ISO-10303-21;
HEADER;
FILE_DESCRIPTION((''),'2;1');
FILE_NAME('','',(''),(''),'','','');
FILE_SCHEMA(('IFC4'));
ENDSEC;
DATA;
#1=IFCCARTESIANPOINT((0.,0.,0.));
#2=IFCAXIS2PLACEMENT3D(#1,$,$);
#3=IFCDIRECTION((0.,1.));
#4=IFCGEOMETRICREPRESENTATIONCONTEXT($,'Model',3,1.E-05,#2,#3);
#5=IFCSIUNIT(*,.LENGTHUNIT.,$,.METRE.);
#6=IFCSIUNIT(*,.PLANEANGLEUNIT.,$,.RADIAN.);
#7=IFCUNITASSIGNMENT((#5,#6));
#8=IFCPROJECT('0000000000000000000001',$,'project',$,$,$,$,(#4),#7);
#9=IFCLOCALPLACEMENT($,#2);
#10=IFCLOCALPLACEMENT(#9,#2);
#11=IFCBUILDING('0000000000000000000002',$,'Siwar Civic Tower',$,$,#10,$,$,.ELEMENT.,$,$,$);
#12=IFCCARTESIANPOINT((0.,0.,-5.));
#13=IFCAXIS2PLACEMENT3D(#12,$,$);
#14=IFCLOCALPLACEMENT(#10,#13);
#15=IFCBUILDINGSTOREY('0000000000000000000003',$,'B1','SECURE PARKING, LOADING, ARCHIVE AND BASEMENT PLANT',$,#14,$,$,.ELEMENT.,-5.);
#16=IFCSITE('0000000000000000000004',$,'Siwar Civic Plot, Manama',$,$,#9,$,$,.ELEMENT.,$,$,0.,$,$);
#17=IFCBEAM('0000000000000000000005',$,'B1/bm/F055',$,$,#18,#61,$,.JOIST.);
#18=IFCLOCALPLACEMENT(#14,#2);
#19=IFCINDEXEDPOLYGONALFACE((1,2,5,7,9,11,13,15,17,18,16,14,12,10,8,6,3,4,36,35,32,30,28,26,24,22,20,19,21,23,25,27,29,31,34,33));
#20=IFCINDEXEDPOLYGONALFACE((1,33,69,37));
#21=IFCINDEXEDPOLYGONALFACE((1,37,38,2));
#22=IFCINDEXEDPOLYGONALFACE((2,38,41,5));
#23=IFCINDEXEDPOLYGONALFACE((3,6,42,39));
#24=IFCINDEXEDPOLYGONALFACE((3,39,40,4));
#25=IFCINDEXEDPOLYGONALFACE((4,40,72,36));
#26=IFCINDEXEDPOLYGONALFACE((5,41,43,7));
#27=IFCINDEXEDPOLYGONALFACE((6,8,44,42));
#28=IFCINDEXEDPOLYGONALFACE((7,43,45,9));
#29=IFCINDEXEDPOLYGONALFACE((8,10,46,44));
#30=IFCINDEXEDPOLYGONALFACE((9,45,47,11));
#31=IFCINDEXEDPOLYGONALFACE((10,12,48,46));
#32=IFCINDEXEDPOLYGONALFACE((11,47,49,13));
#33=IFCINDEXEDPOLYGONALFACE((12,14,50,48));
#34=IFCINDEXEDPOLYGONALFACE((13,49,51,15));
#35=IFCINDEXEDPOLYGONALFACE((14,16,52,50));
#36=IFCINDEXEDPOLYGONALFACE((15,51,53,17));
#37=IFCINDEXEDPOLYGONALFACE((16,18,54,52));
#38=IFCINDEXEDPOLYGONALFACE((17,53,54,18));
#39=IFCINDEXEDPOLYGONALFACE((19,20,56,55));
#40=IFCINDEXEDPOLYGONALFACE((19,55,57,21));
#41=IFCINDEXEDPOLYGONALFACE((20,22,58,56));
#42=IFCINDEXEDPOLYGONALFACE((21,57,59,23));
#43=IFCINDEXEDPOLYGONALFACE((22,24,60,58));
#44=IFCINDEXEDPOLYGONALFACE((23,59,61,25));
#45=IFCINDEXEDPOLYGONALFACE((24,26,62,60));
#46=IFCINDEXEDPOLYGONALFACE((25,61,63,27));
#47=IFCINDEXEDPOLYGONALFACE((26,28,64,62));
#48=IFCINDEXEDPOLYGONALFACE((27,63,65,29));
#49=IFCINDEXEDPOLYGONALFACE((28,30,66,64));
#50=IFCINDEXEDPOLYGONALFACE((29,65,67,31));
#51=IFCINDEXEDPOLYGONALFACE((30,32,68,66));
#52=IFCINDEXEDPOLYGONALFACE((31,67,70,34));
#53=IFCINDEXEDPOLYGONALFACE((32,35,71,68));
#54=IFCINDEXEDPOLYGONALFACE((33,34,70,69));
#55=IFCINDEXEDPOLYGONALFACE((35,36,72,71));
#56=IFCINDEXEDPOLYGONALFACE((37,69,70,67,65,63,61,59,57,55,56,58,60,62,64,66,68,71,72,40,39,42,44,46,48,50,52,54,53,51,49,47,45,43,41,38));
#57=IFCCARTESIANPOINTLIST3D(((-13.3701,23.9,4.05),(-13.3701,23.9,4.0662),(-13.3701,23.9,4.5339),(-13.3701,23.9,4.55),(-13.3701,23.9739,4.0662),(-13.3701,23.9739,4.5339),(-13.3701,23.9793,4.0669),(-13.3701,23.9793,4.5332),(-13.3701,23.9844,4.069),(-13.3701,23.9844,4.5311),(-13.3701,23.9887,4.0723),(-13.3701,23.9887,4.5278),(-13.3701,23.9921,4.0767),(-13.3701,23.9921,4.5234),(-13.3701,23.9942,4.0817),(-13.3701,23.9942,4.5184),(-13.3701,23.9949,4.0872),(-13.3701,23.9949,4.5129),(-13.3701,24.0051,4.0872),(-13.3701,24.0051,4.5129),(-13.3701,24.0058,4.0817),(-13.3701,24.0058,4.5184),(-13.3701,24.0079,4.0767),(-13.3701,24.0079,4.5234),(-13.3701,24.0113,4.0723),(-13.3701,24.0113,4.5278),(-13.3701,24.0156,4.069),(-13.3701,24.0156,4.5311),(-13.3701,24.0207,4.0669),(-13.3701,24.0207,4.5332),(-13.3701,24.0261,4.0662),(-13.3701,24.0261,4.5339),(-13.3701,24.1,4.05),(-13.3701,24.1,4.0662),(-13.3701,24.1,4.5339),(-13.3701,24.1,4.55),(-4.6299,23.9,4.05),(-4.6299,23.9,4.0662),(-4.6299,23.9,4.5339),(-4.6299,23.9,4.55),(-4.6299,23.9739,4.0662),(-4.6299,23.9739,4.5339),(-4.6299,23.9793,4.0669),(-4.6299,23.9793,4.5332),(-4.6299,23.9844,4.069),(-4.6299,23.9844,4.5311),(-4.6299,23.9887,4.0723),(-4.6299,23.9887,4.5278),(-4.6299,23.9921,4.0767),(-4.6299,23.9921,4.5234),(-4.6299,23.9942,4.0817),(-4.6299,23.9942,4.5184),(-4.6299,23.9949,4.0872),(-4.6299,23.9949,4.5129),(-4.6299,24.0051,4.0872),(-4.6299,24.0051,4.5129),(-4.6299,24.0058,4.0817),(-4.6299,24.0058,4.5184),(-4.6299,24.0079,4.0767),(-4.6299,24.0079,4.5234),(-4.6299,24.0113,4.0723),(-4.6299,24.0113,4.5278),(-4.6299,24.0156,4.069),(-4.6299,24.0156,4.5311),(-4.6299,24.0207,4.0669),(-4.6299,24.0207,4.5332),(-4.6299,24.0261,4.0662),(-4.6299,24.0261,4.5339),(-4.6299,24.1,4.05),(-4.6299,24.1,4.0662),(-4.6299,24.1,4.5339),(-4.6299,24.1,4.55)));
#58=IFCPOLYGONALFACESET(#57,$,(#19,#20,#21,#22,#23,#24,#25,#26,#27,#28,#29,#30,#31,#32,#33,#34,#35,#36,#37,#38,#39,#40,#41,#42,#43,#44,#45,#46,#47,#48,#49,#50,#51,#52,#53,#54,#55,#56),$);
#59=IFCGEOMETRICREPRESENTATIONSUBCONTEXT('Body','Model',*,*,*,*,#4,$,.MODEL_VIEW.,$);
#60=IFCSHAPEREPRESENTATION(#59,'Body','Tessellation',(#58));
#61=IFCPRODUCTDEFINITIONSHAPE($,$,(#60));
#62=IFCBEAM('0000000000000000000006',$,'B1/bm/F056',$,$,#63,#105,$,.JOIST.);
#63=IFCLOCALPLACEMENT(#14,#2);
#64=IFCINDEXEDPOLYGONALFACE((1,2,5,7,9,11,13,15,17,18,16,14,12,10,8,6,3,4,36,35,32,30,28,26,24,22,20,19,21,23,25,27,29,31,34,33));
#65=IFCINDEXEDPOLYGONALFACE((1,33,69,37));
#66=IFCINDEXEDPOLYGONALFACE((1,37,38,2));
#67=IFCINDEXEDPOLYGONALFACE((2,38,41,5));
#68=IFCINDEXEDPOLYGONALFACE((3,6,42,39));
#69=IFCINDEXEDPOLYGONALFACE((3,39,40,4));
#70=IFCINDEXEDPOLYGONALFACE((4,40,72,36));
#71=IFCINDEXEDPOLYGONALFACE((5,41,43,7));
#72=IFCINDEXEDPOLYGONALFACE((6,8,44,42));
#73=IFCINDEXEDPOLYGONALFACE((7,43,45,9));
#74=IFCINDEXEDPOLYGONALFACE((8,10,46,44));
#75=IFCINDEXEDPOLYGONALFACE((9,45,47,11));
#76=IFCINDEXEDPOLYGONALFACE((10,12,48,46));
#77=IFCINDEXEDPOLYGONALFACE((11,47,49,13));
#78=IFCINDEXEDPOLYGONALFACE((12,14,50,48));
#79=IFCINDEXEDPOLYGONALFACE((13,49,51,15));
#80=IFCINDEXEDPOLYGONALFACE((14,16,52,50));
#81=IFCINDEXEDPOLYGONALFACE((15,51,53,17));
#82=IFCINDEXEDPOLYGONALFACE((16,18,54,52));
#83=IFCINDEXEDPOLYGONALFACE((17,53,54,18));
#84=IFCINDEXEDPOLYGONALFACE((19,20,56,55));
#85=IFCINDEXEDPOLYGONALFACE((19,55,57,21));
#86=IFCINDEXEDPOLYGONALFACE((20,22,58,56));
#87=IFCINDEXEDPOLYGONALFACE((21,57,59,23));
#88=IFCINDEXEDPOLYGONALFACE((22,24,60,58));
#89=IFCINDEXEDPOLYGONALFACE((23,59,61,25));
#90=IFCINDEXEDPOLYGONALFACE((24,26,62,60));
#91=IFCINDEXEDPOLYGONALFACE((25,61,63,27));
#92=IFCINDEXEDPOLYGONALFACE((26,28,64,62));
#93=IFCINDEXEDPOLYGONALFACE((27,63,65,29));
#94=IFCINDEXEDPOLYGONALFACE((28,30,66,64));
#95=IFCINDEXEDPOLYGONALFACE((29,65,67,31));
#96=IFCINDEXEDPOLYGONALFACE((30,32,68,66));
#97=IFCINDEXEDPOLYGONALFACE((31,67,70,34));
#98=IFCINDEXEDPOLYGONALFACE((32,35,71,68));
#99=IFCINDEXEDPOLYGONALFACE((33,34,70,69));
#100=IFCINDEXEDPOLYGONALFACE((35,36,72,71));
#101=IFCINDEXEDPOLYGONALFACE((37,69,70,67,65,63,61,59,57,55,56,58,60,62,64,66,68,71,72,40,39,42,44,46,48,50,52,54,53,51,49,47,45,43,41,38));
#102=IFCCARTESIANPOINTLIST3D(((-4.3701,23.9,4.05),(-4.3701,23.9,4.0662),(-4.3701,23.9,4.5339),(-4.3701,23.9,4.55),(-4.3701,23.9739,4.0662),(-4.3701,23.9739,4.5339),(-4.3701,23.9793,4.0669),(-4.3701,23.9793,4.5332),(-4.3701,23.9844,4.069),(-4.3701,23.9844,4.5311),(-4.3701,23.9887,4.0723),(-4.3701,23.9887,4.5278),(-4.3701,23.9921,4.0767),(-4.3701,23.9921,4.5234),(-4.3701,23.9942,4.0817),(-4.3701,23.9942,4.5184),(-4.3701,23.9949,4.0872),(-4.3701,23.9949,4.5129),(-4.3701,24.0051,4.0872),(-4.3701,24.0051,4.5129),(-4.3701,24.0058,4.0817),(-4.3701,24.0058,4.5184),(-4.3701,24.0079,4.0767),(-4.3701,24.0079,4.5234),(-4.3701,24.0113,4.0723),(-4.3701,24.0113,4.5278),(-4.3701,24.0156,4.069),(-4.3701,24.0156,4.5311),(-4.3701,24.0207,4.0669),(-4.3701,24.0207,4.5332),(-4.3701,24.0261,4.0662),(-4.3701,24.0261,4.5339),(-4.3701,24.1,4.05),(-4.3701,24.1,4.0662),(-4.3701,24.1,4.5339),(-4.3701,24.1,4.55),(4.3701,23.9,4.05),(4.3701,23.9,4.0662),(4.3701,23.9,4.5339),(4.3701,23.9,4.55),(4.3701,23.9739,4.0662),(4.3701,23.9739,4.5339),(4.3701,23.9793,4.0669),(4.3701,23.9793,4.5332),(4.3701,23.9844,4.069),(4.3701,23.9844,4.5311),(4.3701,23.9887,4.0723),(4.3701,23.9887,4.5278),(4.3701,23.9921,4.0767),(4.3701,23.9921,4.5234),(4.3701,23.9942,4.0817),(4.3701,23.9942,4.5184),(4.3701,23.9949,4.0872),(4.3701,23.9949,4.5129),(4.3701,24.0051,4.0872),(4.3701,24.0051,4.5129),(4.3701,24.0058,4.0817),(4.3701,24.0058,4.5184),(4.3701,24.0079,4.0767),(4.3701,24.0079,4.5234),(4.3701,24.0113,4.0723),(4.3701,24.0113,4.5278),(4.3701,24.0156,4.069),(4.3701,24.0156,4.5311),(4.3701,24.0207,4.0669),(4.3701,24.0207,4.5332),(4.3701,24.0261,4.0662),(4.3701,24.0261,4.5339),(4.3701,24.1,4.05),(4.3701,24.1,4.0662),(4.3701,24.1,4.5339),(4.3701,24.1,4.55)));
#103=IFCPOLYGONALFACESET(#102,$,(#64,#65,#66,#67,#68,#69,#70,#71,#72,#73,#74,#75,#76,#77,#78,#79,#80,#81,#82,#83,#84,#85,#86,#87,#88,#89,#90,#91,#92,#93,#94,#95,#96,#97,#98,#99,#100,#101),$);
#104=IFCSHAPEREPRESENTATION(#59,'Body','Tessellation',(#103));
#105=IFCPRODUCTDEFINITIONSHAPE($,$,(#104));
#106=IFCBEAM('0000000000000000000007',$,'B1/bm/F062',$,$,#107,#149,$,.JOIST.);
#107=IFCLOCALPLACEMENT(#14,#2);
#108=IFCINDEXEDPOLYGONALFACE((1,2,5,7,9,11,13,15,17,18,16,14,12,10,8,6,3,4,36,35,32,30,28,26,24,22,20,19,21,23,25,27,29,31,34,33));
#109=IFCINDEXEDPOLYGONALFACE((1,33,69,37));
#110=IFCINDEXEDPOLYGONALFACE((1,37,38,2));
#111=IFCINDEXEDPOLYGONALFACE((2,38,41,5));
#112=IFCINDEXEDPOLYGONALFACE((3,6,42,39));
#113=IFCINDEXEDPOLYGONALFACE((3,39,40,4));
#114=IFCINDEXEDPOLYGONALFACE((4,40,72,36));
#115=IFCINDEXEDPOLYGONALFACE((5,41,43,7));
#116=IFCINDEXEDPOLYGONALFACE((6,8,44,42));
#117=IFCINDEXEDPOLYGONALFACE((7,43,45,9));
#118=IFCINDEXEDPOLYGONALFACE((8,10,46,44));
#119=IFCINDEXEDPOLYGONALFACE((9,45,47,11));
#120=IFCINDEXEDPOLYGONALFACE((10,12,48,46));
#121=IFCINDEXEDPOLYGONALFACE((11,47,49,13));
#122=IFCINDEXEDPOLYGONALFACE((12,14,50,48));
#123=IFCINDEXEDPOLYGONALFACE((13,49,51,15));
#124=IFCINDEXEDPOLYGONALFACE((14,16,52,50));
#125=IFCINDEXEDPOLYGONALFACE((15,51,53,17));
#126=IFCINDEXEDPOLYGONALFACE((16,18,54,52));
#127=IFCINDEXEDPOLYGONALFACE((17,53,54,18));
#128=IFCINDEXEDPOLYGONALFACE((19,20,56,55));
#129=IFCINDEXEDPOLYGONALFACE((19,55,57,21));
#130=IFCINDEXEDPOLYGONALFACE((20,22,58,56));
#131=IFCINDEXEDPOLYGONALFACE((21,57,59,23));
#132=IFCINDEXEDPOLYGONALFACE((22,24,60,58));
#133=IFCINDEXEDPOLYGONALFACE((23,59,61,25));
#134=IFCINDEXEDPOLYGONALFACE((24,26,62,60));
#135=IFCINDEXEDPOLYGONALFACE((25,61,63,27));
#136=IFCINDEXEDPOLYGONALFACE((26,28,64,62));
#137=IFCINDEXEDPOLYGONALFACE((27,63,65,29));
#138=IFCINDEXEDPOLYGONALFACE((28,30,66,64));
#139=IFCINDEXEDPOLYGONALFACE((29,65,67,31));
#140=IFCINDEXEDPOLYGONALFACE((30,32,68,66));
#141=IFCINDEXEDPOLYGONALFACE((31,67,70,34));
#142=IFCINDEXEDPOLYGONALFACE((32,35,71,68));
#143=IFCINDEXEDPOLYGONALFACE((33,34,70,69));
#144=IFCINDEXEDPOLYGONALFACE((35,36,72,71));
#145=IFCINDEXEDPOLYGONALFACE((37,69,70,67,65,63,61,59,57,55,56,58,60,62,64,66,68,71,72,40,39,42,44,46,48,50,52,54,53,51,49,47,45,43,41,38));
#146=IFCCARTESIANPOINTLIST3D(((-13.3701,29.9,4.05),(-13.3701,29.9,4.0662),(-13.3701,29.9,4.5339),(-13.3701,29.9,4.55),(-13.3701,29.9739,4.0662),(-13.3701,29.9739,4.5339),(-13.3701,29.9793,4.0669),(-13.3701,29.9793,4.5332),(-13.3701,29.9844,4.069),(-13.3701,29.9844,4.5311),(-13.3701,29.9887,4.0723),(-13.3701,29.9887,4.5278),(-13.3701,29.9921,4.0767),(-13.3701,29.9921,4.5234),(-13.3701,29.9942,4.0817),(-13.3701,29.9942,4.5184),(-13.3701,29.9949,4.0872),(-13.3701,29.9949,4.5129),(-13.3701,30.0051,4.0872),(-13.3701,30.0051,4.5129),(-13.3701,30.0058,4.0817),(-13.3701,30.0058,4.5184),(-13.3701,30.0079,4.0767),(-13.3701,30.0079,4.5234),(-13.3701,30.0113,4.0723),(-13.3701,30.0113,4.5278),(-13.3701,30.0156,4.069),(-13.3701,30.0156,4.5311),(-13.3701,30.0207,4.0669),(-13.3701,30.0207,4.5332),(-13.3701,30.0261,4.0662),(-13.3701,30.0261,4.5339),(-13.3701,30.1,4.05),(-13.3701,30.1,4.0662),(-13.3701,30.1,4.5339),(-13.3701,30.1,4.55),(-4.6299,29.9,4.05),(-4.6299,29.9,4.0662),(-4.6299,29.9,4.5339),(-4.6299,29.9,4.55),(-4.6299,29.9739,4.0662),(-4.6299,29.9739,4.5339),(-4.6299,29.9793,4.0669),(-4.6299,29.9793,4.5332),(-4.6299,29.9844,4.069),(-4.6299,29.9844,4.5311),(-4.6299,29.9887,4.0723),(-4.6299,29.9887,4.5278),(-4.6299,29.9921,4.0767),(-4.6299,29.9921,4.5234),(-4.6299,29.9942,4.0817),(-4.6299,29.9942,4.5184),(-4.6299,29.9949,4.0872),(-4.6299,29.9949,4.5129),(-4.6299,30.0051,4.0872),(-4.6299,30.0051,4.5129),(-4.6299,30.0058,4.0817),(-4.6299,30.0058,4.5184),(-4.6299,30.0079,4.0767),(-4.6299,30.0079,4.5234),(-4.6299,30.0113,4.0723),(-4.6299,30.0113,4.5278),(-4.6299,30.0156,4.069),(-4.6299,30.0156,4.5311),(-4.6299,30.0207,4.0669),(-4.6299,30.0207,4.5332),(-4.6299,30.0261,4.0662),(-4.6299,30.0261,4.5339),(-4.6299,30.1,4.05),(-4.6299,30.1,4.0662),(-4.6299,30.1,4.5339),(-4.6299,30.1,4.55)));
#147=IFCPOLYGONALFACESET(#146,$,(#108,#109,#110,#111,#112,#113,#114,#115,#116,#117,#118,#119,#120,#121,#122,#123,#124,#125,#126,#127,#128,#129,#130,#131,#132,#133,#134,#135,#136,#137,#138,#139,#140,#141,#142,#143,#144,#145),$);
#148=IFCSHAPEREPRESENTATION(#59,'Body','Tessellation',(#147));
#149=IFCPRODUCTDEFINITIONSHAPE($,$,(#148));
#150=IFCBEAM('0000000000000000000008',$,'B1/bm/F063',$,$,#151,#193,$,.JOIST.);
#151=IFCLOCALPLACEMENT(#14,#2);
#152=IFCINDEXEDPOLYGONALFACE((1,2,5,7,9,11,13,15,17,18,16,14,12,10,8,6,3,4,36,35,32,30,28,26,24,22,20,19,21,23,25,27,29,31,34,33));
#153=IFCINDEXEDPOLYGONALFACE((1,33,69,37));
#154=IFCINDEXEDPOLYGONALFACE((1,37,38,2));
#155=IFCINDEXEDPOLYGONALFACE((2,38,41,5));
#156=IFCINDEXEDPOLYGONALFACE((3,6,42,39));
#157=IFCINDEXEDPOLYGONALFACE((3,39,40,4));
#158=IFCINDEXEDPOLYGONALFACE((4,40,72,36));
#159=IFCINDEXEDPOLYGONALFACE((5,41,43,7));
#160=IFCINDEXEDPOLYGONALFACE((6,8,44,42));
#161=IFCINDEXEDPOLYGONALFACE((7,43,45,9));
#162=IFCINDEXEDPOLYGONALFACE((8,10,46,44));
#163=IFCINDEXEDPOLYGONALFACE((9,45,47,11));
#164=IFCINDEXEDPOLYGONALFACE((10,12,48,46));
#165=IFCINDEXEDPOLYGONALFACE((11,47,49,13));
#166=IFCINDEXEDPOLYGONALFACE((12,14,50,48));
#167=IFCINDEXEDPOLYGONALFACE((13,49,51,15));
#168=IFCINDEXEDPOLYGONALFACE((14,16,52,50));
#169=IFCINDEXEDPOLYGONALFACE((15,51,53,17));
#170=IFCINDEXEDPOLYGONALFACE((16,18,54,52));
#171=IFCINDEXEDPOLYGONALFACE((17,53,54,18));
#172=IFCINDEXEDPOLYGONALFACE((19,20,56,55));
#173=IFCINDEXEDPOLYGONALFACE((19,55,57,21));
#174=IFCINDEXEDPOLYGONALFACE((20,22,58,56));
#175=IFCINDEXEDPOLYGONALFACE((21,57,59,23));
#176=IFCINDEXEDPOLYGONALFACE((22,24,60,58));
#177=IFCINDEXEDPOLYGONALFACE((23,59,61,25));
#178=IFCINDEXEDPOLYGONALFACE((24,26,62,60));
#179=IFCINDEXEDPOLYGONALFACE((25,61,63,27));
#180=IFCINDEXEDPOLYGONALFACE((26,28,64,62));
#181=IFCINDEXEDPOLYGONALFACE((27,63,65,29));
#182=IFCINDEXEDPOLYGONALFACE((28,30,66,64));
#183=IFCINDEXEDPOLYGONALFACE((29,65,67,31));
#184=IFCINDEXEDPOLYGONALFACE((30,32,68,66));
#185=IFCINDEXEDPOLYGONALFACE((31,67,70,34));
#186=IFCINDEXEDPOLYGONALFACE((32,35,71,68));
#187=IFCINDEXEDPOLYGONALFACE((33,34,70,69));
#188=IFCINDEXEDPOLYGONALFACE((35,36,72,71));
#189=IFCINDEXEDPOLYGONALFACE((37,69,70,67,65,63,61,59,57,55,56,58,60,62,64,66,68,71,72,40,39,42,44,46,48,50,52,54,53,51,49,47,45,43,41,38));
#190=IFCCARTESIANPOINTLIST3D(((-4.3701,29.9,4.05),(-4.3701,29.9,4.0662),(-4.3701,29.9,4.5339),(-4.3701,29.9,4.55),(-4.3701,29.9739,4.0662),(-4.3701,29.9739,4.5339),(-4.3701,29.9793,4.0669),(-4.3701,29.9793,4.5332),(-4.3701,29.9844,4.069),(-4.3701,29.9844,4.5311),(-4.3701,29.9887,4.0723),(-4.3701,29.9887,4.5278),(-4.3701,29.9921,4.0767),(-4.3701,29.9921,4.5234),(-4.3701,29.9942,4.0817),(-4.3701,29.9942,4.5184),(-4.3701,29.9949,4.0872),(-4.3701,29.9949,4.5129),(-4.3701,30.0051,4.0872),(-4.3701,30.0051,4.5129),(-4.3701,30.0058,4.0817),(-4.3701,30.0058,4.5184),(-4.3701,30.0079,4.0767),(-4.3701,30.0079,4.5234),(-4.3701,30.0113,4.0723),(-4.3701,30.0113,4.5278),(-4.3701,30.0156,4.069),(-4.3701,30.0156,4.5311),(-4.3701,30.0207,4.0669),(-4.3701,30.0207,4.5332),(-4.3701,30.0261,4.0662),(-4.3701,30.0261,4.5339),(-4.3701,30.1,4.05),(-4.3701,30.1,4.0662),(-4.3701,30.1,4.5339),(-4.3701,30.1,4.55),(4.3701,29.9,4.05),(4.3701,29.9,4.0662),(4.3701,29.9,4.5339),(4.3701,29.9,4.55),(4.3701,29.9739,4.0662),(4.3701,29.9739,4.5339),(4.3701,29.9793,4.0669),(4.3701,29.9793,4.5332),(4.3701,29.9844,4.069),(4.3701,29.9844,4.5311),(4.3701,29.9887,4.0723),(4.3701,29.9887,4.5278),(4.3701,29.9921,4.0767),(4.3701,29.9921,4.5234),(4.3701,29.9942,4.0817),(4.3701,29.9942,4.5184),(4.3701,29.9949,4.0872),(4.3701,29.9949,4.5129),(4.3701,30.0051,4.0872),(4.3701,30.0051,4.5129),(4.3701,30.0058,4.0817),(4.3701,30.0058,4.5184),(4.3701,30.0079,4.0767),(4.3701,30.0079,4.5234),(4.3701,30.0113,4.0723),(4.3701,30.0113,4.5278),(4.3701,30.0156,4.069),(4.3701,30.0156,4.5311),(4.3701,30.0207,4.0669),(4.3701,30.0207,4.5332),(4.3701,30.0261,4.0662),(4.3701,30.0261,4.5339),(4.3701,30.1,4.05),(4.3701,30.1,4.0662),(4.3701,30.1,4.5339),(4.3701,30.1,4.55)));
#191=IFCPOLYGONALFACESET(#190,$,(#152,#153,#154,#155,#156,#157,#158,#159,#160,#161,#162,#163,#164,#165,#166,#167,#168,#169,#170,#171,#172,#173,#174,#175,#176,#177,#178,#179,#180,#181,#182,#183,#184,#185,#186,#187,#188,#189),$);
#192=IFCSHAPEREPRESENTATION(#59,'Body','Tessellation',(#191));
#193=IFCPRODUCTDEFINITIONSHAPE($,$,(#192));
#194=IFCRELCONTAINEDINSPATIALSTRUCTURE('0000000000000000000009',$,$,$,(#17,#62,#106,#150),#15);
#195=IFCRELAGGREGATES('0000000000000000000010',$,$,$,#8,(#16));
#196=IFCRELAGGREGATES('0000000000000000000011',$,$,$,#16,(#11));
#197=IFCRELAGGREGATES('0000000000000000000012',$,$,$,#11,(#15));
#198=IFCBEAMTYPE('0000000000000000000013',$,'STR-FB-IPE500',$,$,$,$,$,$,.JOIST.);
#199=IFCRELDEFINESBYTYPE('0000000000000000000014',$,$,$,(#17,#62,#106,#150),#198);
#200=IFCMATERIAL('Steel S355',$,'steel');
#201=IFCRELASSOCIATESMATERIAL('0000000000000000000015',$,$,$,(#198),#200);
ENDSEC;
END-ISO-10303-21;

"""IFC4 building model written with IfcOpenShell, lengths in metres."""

from ifc_helpers import new_model, si_unit, direction, frame, origin, origin_2d, place, context, subcontext, project, spatial, i_section, extrude, material, material_profile, profile_set, type_object, element, save


model = new_model("IFC4")

# Units and contexts
model_context = context("Model", 3, precision=1e-05, world=origin(), true_north=direction((0.0, 1.0)))
body_context = subcontext(model_context, "Body", "Model", "MODEL_VIEW")
ifc_project = project(units=[si_unit("LENGTHUNIT", "METRE"), si_unit("PLANEANGLEUNIT", "RADIAN")], contexts=[model_context])

# Site, building, storey
site_placement = place(None, origin())
site = spatial("IfcSite", under=ifc_project, at=site_placement, Name="Siwar Civic Plot, Manama", CompositionType="ELEMENT", RefElevation=0.0)
building_placement = place(site_placement, origin())
building = spatial("IfcBuilding", under=site, at=building_placement, Name="Siwar Civic Tower", CompositionType="ELEMENT")
storey_placement = place(building_placement, frame((0.0, 0.0, -5.0)))
storey = spatial("IfcBuildingStorey", under=building, at=storey_placement, Name="B1", Description="SECURE PARKING, LOADING, ARCHIVE AND BASEMENT PLANT", CompositionType="ELEMENT", Elevation=-5.0)

# Beams
ifc_material_1 = material(Name="Steel S355", Category="steel")
ifc_material_profile_1 = material_profile(ifc_material_1, i_section(OverallWidth=0.2, OverallDepth=0.5, WebThickness=0.0103, FlangeThickness=0.0161, FilletRadius=0.021, at=origin_2d()), Name="IPE500")
ifc_profile_set_1 = profile_set([ifc_material_profile_1], Name="Steel S355")
beam_type_1 = type_object("IfcBeamType", Name="STR-FB-IPE500", PredefinedType="JOIST", material=ifc_profile_set_1)
for number, where, z_axis, x_axis, name in (
    (1, (-13.3701, 24.0, 4.3), (1.0, 0.0, 0.0), (0.0, 1.0, 0.0), "B1/bm/F055"),
    (2, (-4.3701, 24.0, 4.3), (1.0, 0.0, 0.0), (0.0, 1.0, 0.0), "B1/bm/F056"),
    (3, (-13.3701, 30.0, 4.3), (1.0, 0.0, 0.0), (0.0, 1.0, 0.0), "B1/bm/F062"),
    (4, (-4.3701, 30.0, 4.3), (1.0, 0.0, 0.0), (0.0, 1.0, 0.0), "B1/bm/F063"),
):
    element("IfcBeam", number, at=place(storey_placement, frame(where, z_axis=z_axis, x_axis=x_axis)), inside=storey, type_object=beam_type_1, Name=name, PredefinedType="JOIST", context=body_context, shape_type="SweptSolid", body=[
        extrude(i_section(OverallWidth=0.2, OverallDepth=0.5, WebThickness=0.0103, FlangeThickness=0.0161, FilletRadius=0.021, at=origin_2d()), origin(), (0.0, 0.0, 1.0), 8.7402),
    ])

save(model, "model.ifc")
